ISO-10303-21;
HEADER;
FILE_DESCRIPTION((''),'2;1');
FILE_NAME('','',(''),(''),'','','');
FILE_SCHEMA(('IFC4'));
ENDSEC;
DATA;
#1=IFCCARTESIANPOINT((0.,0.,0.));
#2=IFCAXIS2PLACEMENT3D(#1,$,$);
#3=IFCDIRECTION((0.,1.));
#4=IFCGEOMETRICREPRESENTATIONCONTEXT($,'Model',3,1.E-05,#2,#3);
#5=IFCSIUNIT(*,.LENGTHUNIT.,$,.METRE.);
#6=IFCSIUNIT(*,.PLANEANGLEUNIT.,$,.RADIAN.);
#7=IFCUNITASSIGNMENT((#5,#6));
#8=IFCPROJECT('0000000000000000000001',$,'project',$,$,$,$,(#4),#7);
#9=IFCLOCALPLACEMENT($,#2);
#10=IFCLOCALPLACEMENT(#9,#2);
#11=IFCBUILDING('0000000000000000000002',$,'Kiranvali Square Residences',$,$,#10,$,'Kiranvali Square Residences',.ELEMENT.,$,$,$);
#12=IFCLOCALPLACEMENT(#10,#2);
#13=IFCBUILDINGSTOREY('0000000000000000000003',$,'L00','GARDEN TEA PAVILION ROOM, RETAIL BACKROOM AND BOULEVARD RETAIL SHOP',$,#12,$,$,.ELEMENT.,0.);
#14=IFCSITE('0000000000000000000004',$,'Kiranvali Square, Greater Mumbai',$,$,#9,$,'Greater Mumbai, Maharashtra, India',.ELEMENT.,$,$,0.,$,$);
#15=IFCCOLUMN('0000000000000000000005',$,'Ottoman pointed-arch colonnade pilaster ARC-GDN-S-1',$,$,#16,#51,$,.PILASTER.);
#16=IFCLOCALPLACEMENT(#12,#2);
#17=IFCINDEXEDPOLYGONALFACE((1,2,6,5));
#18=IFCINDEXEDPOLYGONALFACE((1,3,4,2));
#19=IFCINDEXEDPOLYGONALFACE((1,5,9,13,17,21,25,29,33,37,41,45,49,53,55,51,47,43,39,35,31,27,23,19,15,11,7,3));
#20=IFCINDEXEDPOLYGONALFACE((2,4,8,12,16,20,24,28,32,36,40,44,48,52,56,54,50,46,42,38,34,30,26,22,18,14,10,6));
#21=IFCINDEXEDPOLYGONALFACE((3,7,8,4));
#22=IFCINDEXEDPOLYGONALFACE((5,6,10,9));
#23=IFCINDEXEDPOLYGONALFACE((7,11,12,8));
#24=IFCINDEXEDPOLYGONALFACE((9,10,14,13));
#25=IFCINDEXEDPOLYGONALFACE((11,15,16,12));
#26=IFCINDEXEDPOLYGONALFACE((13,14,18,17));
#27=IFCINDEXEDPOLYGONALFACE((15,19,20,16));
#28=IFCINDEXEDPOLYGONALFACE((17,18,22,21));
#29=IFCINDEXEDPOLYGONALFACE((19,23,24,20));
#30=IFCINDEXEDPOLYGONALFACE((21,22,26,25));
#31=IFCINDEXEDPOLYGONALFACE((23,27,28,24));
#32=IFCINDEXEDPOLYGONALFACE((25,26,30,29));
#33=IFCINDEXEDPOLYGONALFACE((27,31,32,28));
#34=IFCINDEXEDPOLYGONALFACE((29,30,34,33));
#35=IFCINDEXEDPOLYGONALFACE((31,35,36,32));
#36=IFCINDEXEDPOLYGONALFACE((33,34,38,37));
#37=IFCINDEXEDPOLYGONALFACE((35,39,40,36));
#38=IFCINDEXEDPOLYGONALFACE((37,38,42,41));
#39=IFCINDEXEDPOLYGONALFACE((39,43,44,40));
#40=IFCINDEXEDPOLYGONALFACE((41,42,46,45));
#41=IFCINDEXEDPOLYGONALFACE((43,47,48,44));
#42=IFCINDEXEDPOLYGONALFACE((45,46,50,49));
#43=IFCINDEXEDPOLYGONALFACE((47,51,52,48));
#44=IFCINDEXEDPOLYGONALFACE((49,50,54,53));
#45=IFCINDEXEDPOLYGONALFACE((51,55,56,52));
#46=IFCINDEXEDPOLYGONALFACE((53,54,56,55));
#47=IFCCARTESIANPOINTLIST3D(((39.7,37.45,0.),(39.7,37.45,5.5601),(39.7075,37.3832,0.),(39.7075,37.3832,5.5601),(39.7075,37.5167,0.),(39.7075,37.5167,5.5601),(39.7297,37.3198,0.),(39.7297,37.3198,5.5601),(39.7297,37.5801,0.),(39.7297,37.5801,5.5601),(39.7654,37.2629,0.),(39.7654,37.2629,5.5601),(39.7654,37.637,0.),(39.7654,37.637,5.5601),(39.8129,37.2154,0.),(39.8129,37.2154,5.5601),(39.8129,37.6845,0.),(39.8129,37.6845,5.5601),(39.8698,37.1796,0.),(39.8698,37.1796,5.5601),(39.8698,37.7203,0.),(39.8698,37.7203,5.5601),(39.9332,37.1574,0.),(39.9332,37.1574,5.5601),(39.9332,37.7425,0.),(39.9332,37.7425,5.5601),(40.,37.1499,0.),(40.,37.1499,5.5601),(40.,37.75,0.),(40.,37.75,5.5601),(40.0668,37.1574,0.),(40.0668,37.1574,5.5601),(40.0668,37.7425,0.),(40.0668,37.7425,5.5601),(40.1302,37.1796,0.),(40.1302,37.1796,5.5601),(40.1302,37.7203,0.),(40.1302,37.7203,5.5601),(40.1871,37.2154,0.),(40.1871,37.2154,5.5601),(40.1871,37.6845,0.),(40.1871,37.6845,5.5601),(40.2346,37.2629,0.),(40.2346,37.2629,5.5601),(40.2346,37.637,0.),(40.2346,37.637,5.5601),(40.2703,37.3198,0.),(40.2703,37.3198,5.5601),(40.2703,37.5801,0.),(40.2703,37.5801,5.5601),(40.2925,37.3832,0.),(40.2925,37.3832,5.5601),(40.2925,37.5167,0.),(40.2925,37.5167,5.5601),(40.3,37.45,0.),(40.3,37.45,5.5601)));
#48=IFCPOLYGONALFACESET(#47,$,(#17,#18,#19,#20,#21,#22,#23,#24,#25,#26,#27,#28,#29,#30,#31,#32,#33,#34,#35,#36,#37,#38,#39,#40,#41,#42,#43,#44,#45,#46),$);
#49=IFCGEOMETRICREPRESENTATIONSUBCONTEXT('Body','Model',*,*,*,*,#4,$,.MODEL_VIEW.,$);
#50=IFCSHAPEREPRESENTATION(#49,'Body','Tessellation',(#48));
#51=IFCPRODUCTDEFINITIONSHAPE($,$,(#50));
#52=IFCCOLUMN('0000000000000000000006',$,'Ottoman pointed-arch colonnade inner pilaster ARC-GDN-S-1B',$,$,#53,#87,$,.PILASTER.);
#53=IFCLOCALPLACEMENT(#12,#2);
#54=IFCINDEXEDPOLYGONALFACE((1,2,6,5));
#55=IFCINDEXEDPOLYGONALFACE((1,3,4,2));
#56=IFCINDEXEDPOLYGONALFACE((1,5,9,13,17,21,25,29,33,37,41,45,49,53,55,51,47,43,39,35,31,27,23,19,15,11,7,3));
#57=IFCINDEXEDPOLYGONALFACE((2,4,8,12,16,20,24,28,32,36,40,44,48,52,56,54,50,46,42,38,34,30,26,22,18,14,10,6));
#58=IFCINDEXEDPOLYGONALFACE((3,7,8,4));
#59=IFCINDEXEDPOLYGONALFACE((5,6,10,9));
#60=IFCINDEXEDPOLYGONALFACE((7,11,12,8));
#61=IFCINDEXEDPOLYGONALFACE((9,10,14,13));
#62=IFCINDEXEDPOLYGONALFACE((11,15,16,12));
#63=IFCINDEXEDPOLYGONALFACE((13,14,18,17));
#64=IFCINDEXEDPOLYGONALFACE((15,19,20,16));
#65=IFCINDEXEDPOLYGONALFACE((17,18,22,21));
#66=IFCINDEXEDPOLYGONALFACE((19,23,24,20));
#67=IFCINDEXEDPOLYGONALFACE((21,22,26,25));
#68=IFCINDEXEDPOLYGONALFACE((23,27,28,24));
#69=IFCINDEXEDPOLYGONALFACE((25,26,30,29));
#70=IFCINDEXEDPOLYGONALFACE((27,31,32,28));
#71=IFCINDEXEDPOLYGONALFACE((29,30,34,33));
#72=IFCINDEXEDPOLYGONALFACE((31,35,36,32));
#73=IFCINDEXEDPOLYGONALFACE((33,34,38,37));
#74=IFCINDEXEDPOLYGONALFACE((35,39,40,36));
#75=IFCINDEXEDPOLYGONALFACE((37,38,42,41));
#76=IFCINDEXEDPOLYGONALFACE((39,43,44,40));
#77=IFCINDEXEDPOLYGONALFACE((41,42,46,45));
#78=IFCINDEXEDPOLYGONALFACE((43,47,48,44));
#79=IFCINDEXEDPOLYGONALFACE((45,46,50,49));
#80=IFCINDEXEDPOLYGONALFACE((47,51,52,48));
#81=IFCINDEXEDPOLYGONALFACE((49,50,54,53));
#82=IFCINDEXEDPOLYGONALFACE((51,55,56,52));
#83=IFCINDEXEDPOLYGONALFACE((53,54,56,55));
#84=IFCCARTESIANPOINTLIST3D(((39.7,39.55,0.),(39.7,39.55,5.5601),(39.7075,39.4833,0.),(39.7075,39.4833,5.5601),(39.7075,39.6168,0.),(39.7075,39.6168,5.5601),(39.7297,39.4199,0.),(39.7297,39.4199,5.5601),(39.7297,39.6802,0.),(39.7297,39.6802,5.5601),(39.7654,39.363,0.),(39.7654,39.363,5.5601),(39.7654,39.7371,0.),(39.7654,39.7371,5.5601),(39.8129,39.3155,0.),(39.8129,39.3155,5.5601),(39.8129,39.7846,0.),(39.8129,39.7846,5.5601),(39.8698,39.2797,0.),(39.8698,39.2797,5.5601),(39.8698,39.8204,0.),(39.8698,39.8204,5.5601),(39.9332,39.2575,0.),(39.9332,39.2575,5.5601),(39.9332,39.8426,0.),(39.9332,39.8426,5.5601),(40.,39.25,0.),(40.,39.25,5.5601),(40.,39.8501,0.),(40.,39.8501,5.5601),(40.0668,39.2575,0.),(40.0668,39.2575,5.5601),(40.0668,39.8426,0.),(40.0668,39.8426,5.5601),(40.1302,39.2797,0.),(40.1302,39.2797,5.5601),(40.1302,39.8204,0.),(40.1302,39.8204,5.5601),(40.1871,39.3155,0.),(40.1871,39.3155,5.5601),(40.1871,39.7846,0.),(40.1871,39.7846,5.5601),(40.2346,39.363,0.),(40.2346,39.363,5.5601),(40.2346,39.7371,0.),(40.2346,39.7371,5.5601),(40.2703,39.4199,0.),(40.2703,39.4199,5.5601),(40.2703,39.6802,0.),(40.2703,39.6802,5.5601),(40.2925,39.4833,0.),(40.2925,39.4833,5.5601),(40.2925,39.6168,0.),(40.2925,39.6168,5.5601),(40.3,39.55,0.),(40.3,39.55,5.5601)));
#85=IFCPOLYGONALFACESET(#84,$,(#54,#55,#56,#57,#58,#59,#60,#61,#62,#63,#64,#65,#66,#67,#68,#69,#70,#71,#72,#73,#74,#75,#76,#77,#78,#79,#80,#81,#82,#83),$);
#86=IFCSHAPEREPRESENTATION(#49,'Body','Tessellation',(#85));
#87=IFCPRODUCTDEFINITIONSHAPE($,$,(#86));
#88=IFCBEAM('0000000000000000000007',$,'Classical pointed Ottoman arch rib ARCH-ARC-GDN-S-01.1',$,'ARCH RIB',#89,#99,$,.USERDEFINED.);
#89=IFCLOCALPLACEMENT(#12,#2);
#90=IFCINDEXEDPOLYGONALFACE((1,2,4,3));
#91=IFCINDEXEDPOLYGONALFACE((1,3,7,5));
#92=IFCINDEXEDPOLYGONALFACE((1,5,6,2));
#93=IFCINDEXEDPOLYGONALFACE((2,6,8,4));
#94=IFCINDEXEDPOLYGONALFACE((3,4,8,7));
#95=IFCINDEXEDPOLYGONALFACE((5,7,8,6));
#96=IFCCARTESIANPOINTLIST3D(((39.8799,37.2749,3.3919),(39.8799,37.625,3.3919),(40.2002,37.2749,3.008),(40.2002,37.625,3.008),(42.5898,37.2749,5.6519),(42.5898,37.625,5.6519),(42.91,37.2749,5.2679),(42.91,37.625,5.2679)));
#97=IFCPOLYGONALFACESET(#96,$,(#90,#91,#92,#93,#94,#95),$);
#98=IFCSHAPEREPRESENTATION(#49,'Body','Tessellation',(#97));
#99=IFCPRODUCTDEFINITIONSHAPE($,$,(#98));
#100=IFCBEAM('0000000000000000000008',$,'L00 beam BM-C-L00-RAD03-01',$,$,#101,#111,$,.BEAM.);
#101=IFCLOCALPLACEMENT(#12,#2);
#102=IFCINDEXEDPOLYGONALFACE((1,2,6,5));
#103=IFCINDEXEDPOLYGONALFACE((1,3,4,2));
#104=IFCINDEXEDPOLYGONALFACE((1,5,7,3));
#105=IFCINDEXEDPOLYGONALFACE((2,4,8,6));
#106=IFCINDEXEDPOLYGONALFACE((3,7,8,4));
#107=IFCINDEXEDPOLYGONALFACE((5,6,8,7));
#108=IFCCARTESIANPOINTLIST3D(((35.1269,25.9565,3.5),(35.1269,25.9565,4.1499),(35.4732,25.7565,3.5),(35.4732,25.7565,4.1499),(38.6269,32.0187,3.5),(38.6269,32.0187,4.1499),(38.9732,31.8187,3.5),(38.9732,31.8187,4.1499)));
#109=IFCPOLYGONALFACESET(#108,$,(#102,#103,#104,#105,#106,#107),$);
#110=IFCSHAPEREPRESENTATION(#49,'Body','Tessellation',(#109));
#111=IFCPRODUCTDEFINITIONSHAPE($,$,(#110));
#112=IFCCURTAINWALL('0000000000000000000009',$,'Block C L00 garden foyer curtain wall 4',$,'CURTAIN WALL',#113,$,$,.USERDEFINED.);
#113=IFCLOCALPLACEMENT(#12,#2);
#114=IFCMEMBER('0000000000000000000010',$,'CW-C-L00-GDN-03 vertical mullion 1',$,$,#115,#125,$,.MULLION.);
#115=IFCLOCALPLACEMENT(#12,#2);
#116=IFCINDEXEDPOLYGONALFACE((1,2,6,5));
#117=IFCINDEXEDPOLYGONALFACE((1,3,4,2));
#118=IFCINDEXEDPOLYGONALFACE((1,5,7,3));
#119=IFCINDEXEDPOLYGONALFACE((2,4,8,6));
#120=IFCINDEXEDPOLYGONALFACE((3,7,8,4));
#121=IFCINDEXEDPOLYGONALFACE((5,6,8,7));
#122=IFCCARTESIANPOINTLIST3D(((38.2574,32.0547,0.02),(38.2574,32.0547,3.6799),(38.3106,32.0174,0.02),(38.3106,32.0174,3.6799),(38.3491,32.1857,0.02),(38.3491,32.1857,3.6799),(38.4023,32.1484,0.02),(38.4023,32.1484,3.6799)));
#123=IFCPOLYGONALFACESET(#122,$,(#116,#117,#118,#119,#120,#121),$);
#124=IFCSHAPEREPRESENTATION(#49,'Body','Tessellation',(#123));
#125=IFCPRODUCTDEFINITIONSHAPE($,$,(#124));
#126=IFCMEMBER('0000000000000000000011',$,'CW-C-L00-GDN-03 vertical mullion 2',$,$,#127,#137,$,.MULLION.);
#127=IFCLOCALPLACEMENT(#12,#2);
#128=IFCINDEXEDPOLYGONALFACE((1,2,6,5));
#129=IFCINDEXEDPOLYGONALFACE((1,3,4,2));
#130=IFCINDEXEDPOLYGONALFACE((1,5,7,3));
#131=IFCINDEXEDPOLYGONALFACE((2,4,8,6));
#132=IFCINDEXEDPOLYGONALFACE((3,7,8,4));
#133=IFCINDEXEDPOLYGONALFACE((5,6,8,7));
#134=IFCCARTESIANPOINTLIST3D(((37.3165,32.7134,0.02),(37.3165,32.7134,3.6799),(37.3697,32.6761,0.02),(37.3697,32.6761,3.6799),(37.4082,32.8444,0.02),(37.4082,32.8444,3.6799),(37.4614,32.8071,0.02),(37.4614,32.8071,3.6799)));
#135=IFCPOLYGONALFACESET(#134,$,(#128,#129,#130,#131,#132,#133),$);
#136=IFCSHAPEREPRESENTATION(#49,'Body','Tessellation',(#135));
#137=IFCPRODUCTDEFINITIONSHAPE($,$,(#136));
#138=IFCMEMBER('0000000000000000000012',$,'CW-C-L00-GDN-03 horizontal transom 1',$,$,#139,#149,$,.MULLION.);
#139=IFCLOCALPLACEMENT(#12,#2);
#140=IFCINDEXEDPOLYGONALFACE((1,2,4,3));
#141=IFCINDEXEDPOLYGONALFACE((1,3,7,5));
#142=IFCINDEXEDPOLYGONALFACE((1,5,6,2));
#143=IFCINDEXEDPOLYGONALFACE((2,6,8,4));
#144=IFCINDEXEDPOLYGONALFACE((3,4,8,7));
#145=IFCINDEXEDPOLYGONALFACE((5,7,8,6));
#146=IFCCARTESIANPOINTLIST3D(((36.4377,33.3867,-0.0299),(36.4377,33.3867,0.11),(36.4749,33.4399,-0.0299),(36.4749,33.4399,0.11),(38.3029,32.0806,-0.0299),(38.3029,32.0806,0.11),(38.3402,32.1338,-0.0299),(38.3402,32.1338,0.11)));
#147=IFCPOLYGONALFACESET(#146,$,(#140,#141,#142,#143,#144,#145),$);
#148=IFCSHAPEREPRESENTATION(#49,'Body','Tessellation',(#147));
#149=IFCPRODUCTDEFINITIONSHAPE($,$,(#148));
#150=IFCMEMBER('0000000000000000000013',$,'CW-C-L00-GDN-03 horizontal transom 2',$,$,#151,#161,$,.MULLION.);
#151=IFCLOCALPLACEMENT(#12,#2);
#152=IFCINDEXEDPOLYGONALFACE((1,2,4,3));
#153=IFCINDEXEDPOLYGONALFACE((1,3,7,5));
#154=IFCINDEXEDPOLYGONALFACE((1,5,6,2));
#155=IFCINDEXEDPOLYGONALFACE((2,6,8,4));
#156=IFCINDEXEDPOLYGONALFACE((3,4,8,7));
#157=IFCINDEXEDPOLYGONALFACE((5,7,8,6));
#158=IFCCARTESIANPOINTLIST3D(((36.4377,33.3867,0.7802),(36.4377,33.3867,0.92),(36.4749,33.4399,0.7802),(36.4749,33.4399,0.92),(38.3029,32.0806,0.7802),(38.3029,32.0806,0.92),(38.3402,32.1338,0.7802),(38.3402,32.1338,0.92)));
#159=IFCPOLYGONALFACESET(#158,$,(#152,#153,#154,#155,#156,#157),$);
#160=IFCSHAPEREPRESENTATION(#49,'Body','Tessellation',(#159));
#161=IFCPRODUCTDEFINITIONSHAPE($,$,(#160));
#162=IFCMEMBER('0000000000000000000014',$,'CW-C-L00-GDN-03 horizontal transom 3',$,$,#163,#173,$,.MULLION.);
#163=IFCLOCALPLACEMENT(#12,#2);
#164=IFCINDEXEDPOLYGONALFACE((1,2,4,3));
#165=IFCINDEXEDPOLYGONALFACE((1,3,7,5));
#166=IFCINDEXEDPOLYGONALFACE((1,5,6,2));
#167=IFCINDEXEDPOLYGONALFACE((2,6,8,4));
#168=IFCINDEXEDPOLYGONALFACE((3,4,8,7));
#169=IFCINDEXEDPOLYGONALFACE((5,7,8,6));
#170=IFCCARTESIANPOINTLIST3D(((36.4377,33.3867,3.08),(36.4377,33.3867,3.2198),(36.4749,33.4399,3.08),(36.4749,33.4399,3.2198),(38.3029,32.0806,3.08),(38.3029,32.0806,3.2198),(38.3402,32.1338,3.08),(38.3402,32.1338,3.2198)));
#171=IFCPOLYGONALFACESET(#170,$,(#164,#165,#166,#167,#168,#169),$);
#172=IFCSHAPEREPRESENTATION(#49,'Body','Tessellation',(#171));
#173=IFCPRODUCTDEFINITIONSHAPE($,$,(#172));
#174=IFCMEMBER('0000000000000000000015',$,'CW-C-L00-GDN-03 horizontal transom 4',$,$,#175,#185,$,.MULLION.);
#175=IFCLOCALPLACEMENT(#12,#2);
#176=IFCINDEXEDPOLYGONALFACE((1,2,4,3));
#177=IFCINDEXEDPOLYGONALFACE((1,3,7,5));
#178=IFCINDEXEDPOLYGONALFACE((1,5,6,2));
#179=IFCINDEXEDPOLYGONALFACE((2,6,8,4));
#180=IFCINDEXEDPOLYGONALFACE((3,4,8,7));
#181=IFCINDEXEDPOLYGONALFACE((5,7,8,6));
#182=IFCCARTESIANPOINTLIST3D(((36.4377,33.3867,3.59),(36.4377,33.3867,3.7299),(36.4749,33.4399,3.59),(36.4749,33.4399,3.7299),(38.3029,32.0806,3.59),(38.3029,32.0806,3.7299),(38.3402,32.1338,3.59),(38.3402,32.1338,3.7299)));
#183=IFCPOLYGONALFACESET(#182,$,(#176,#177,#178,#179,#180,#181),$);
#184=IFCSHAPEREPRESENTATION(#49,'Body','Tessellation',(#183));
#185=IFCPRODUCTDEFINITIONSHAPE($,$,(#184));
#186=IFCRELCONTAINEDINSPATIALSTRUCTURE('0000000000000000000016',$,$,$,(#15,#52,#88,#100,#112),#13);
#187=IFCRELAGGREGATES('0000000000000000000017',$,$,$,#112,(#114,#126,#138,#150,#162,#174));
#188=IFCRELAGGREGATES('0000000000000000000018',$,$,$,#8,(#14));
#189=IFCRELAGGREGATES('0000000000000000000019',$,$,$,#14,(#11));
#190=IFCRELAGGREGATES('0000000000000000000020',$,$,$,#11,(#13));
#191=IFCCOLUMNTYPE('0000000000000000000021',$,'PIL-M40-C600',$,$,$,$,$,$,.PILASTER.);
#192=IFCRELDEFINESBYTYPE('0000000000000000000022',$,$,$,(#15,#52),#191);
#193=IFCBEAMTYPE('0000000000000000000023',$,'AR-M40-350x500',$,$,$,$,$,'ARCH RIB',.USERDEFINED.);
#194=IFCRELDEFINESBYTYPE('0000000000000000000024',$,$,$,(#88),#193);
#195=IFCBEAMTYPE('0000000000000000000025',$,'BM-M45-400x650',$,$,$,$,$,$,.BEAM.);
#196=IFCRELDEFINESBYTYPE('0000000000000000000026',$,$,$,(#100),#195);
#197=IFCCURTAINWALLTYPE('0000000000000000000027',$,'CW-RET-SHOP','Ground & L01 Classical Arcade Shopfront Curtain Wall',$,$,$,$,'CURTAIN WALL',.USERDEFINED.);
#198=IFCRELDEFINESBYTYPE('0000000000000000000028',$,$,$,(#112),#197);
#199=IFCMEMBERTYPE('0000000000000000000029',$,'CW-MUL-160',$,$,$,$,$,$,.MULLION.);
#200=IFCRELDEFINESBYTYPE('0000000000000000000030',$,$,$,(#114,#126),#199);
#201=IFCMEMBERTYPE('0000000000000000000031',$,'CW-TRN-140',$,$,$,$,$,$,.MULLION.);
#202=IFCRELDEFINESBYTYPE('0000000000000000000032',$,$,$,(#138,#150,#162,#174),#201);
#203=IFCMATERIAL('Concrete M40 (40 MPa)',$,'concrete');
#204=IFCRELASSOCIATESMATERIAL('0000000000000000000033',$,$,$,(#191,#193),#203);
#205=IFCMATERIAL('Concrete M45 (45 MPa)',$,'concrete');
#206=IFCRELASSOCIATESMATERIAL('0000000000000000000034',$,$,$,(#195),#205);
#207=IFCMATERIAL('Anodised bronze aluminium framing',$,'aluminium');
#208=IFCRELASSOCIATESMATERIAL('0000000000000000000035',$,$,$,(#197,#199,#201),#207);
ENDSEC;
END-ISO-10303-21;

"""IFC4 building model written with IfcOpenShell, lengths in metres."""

from ifc_helpers import new_model, si_unit, direction, frame, origin, origin_2d, place, context, subcontext, project, spatial, rectangle, circle, extrude, material, material_profile, profile_set, type_object, element, aggregate, save


model = new_model("IFC4")

# Units and contexts
model_context = context("Model", 3, precision=1e-05, world=origin(), true_north=direction((0.0, 1.0)))
body_context = subcontext(model_context, "Body", "Model", "MODEL_VIEW")
ifc_project = project(units=[si_unit("LENGTHUNIT", "METRE"), si_unit("PLANEANGLEUNIT", "RADIAN")], contexts=[model_context])

# Site, building, storey
site_placement = place(None, origin())
site = spatial("IfcSite", under=ifc_project, at=site_placement, Name="Kiranvali Square, Greater Mumbai", LongName="Greater Mumbai, Maharashtra, India", CompositionType="ELEMENT", RefElevation=0.0)
building_placement = place(site_placement, origin())
building = spatial("IfcBuilding", under=site, at=building_placement, Name="Kiranvali Square Residences", LongName="Kiranvali Square Residences", CompositionType="ELEMENT")
storey_placement = place(building_placement, origin())
storey = spatial("IfcBuildingStorey", under=building, at=storey_placement, Name="L00", Description="GARDEN TEA PAVILION ROOM, RETAIL BACKROOM AND BOULEVARD RETAIL SHOP", CompositionType="ELEMENT", Elevation=0.0)

# Columns
ifc_material_1 = material(Name="Concrete M40 (40 MPa)", Category="concrete")
ifc_material_profile_1 = material_profile(ifc_material_1, circle(Radius=0.3, at=origin_2d()), Name="RC-CIRC 600")
ifc_profile_set_1 = profile_set([ifc_material_profile_1], Name="Concrete M40 (40 MPa)")
column_type = type_object("IfcColumnType", Name="PIL-M40-C600", PredefinedType="PILASTER", material=ifc_profile_set_1)
for number, where, z_axis, x_axis, name in (
    (1, (40.0, 37.45, 0.0), (0.0, 0.0, 1.0), (1.0, 0.0, 0.0), "Ottoman pointed-arch colonnade pilaster ARC-GDN-S-1"),
    (2, (40.0, 39.55, 0.0), (0.0, 0.0, 1.0), (1.0, 0.0, 0.0), "Ottoman pointed-arch colonnade inner pilaster ARC-GDN-S-1B"),
):
    element("IfcColumn", number, at=place(storey_placement, frame(where, z_axis=z_axis, x_axis=x_axis)), inside=storey, type_object=column_type, Name=name, PredefinedType="PILASTER", context=body_context, shape_type="SweptSolid", body=[
        extrude(circle(Radius=0.3, at=origin_2d()), origin(), (0.0, 0.0, 1.0), 5.5601),
    ])

# Beams
ifc_material_profile_2 = material_profile(ifc_material_1, rectangle(XDim=0.3501, YDim=0.5, at=origin_2d()), Name="RC 350x500")
ifc_profile_set_2 = profile_set([ifc_material_profile_2], Name="Concrete M40 (40 MPa)")
beam_type_1 = type_object("IfcBeamType", Name="AR-M40-350x500", ElementType="ARCH RIB", PredefinedType="USERDEFINED", material=ifc_profile_set_2)
beam_1_placement = place(storey_placement, frame((40.04, 37.45, 3.2), z_axis=(0.767983, 0.0, 0.64047), x_axis=(0.0, 1.0, 0.0)))
element("IfcBeam", 3, at=beam_1_placement, inside=storey, type_object=beam_type_1, Name="Classical pointed Ottoman arch rib ARCH-ARC-GDN-S-01.1", ObjectType="ARCH RIB", PredefinedType="USERDEFINED", context=body_context, shape_type="SweptSolid", body=[
    extrude(rectangle(XDim=0.3501, YDim=0.5, at=origin_2d()), origin(), (0.0, 0.0, 1.0), 3.5286),
])
ifc_material_2 = material(Name="Concrete M45 (45 MPa)", Category="concrete")
ifc_material_profile_3 = material_profile(ifc_material_2, rectangle(XDim=0.3999, YDim=0.6499, at=origin_2d()), Name="RC 400x650")
ifc_profile_set_3 = profile_set([ifc_material_profile_3], Name="Concrete M45 (45 MPa)")
beam_type_2 = type_object("IfcBeamType", Name="BM-M45-400x650", PredefinedType="BEAM", material=ifc_profile_set_3)
beam_2_placement = place(storey_placement, frame((38.8, 31.9187, 3.825), z_axis=(-0.499995, -0.866028, 0.0), x_axis=(0.866028, -0.499995, 0.0)))
element("IfcBeam", 4, at=beam_2_placement, inside=storey, type_object=beam_type_2, Name="L00 beam BM-C-L00-RAD03-01", PredefinedType="BEAM", context=body_context, shape_type="SweptSolid", body=[
    extrude(rectangle(XDim=0.3999, YDim=0.6499, at=origin_2d()), origin(), (0.0, 0.0, 1.0), 7.0),
])

# Curtain wall, members
ifc_material_3 = material(Name="Anodised bronze aluminium framing", Category="aluminium")
curtain_wall_type = type_object("IfcCurtainWallType", Name="CW-RET-SHOP", Description="Ground & L01 Classical Arcade Shopfront Curtain Wall", ElementType="CURTAIN WALL", PredefinedType="USERDEFINED", material=ifc_material_3)
curtain_wall_placement = place(storey_placement, origin())
curtain_wall = element("IfcCurtainWall", 5, at=curtain_wall_placement, inside=storey, type_object=curtain_wall_type, Name="Block C L00 garden foyer curtain wall 4", ObjectType="CURTAIN WALL", PredefinedType="USERDEFINED")
ifc_material_profile_4 = material_profile(ifc_material_3, rectangle(XDim=0.0649, YDim=0.1599, at=origin_2d()), Name="ALU 65x160")
ifc_profile_set_4 = profile_set([ifc_material_profile_4], Name="Anodised bronze aluminium framing")
member_type_1 = type_object("IfcMemberType", Name="CW-MUL-160", PredefinedType="MULLION", material=ifc_profile_set_4)
member_1_placement = place(storey_placement, frame((38.3298, 32.1016, 0.02), z_axis=(0.0, 0.0, 1.0), x_axis=(-0.819152, 0.573576, 0.0)))
member_1 = element("IfcMember", 6, at=member_1_placement, type_object=member_type_1, Name="CW-C-L00-GDN-03 vertical mullion 1", PredefinedType="MULLION", context=body_context, shape_type="SweptSolid", body=[
    extrude(rectangle(XDim=0.0649, YDim=0.1599, at=origin_2d()), origin(), (0.0, 0.0, 1.0), 3.6599),
])
member_2_placement = place(storey_placement, frame((37.3889, 32.7603, 0.02), z_axis=(0.0, 0.0, 1.0), x_axis=(-0.819152, 0.573576, 0.0)))
member_2 = element("IfcMember", 7, at=member_2_placement, type_object=member_type_1, Name="CW-C-L00-GDN-03 vertical mullion 2", PredefinedType="MULLION", context=body_context, shape_type="SweptSolid", body=[
    extrude(rectangle(XDim=0.0649, YDim=0.1599, at=origin_2d()), origin(), (0.0, 0.0, 1.0), 3.6599),
])
ifc_material_profile_5 = material_profile(ifc_material_3, rectangle(XDim=0.0649, YDim=0.1399, at=origin_2d()), Name="ALU 65x140")
ifc_profile_set_5 = profile_set([ifc_material_profile_5], Name="Anodised bronze aluminium framing")
member_type_2 = type_object("IfcMemberType", Name="CW-TRN-140", PredefinedType="MULLION", material=ifc_profile_set_5)
member_3_placement = place(storey_placement, frame((38.3215, 32.1072, 0.04), z_axis=(-0.819131, 0.573606, 0.0), x_axis=(-0.573606, -0.819131, 0.0)))
member_3 = element("IfcMember", 8, at=member_3_placement, type_object=member_type_2, Name="CW-C-L00-GDN-03 horizontal transom 1", PredefinedType="MULLION", context=body_context, shape_type="SweptSolid", body=[
    extrude(rectangle(XDim=0.0649, YDim=0.1399, at=origin_2d()), origin(), (0.0, 0.0, 1.0), 2.2771),
])
member_4_placement = place(storey_placement, frame((38.3215, 32.1072, 0.8501), z_axis=(-0.819131, 0.573606, 0.0), x_axis=(-0.573606, -0.819131, 0.0)))
member_4 = element("IfcMember", 9, at=member_4_placement, type_object=member_type_2, Name="CW-C-L00-GDN-03 horizontal transom 2", PredefinedType="MULLION", context=body_context, shape_type="SweptSolid", body=[
    extrude(rectangle(XDim=0.0649, YDim=0.1399, at=origin_2d()), origin(), (0.0, 0.0, 1.0), 2.2771),
])
member_5_placement = place(storey_placement, frame((38.3215, 32.1072, 3.1499), z_axis=(-0.819131, 0.573606, 0.0), x_axis=(-0.573606, -0.819131, 0.0)))
member_5 = element("IfcMember", 10, at=member_5_placement, type_object=member_type_2, Name="CW-C-L00-GDN-03 horizontal transom 3", PredefinedType="MULLION", context=body_context, shape_type="SweptSolid", body=[
    extrude(rectangle(XDim=0.0649, YDim=0.1399, at=origin_2d()), origin(), (0.0, 0.0, 1.0), 2.2771),
])
member_6_placement = place(storey_placement, frame((38.3215, 32.1072, 3.6599), z_axis=(-0.819131, 0.573606, 0.0), x_axis=(-0.573606, -0.819131, 0.0)))
member_6 = element("IfcMember", 11, at=member_6_placement, type_object=member_type_2, Name="CW-C-L00-GDN-03 horizontal transom 4", PredefinedType="MULLION", context=body_context, shape_type="SweptSolid", body=[
    extrude(rectangle(XDim=0.0649, YDim=0.1399, at=origin_2d()), origin(), (0.0, 0.0, 1.0), 2.2771),
])

aggregate(curtain_wall, [member_1, member_2, member_3, member_4, member_5, member_6])

save(model, "model.ifc")
